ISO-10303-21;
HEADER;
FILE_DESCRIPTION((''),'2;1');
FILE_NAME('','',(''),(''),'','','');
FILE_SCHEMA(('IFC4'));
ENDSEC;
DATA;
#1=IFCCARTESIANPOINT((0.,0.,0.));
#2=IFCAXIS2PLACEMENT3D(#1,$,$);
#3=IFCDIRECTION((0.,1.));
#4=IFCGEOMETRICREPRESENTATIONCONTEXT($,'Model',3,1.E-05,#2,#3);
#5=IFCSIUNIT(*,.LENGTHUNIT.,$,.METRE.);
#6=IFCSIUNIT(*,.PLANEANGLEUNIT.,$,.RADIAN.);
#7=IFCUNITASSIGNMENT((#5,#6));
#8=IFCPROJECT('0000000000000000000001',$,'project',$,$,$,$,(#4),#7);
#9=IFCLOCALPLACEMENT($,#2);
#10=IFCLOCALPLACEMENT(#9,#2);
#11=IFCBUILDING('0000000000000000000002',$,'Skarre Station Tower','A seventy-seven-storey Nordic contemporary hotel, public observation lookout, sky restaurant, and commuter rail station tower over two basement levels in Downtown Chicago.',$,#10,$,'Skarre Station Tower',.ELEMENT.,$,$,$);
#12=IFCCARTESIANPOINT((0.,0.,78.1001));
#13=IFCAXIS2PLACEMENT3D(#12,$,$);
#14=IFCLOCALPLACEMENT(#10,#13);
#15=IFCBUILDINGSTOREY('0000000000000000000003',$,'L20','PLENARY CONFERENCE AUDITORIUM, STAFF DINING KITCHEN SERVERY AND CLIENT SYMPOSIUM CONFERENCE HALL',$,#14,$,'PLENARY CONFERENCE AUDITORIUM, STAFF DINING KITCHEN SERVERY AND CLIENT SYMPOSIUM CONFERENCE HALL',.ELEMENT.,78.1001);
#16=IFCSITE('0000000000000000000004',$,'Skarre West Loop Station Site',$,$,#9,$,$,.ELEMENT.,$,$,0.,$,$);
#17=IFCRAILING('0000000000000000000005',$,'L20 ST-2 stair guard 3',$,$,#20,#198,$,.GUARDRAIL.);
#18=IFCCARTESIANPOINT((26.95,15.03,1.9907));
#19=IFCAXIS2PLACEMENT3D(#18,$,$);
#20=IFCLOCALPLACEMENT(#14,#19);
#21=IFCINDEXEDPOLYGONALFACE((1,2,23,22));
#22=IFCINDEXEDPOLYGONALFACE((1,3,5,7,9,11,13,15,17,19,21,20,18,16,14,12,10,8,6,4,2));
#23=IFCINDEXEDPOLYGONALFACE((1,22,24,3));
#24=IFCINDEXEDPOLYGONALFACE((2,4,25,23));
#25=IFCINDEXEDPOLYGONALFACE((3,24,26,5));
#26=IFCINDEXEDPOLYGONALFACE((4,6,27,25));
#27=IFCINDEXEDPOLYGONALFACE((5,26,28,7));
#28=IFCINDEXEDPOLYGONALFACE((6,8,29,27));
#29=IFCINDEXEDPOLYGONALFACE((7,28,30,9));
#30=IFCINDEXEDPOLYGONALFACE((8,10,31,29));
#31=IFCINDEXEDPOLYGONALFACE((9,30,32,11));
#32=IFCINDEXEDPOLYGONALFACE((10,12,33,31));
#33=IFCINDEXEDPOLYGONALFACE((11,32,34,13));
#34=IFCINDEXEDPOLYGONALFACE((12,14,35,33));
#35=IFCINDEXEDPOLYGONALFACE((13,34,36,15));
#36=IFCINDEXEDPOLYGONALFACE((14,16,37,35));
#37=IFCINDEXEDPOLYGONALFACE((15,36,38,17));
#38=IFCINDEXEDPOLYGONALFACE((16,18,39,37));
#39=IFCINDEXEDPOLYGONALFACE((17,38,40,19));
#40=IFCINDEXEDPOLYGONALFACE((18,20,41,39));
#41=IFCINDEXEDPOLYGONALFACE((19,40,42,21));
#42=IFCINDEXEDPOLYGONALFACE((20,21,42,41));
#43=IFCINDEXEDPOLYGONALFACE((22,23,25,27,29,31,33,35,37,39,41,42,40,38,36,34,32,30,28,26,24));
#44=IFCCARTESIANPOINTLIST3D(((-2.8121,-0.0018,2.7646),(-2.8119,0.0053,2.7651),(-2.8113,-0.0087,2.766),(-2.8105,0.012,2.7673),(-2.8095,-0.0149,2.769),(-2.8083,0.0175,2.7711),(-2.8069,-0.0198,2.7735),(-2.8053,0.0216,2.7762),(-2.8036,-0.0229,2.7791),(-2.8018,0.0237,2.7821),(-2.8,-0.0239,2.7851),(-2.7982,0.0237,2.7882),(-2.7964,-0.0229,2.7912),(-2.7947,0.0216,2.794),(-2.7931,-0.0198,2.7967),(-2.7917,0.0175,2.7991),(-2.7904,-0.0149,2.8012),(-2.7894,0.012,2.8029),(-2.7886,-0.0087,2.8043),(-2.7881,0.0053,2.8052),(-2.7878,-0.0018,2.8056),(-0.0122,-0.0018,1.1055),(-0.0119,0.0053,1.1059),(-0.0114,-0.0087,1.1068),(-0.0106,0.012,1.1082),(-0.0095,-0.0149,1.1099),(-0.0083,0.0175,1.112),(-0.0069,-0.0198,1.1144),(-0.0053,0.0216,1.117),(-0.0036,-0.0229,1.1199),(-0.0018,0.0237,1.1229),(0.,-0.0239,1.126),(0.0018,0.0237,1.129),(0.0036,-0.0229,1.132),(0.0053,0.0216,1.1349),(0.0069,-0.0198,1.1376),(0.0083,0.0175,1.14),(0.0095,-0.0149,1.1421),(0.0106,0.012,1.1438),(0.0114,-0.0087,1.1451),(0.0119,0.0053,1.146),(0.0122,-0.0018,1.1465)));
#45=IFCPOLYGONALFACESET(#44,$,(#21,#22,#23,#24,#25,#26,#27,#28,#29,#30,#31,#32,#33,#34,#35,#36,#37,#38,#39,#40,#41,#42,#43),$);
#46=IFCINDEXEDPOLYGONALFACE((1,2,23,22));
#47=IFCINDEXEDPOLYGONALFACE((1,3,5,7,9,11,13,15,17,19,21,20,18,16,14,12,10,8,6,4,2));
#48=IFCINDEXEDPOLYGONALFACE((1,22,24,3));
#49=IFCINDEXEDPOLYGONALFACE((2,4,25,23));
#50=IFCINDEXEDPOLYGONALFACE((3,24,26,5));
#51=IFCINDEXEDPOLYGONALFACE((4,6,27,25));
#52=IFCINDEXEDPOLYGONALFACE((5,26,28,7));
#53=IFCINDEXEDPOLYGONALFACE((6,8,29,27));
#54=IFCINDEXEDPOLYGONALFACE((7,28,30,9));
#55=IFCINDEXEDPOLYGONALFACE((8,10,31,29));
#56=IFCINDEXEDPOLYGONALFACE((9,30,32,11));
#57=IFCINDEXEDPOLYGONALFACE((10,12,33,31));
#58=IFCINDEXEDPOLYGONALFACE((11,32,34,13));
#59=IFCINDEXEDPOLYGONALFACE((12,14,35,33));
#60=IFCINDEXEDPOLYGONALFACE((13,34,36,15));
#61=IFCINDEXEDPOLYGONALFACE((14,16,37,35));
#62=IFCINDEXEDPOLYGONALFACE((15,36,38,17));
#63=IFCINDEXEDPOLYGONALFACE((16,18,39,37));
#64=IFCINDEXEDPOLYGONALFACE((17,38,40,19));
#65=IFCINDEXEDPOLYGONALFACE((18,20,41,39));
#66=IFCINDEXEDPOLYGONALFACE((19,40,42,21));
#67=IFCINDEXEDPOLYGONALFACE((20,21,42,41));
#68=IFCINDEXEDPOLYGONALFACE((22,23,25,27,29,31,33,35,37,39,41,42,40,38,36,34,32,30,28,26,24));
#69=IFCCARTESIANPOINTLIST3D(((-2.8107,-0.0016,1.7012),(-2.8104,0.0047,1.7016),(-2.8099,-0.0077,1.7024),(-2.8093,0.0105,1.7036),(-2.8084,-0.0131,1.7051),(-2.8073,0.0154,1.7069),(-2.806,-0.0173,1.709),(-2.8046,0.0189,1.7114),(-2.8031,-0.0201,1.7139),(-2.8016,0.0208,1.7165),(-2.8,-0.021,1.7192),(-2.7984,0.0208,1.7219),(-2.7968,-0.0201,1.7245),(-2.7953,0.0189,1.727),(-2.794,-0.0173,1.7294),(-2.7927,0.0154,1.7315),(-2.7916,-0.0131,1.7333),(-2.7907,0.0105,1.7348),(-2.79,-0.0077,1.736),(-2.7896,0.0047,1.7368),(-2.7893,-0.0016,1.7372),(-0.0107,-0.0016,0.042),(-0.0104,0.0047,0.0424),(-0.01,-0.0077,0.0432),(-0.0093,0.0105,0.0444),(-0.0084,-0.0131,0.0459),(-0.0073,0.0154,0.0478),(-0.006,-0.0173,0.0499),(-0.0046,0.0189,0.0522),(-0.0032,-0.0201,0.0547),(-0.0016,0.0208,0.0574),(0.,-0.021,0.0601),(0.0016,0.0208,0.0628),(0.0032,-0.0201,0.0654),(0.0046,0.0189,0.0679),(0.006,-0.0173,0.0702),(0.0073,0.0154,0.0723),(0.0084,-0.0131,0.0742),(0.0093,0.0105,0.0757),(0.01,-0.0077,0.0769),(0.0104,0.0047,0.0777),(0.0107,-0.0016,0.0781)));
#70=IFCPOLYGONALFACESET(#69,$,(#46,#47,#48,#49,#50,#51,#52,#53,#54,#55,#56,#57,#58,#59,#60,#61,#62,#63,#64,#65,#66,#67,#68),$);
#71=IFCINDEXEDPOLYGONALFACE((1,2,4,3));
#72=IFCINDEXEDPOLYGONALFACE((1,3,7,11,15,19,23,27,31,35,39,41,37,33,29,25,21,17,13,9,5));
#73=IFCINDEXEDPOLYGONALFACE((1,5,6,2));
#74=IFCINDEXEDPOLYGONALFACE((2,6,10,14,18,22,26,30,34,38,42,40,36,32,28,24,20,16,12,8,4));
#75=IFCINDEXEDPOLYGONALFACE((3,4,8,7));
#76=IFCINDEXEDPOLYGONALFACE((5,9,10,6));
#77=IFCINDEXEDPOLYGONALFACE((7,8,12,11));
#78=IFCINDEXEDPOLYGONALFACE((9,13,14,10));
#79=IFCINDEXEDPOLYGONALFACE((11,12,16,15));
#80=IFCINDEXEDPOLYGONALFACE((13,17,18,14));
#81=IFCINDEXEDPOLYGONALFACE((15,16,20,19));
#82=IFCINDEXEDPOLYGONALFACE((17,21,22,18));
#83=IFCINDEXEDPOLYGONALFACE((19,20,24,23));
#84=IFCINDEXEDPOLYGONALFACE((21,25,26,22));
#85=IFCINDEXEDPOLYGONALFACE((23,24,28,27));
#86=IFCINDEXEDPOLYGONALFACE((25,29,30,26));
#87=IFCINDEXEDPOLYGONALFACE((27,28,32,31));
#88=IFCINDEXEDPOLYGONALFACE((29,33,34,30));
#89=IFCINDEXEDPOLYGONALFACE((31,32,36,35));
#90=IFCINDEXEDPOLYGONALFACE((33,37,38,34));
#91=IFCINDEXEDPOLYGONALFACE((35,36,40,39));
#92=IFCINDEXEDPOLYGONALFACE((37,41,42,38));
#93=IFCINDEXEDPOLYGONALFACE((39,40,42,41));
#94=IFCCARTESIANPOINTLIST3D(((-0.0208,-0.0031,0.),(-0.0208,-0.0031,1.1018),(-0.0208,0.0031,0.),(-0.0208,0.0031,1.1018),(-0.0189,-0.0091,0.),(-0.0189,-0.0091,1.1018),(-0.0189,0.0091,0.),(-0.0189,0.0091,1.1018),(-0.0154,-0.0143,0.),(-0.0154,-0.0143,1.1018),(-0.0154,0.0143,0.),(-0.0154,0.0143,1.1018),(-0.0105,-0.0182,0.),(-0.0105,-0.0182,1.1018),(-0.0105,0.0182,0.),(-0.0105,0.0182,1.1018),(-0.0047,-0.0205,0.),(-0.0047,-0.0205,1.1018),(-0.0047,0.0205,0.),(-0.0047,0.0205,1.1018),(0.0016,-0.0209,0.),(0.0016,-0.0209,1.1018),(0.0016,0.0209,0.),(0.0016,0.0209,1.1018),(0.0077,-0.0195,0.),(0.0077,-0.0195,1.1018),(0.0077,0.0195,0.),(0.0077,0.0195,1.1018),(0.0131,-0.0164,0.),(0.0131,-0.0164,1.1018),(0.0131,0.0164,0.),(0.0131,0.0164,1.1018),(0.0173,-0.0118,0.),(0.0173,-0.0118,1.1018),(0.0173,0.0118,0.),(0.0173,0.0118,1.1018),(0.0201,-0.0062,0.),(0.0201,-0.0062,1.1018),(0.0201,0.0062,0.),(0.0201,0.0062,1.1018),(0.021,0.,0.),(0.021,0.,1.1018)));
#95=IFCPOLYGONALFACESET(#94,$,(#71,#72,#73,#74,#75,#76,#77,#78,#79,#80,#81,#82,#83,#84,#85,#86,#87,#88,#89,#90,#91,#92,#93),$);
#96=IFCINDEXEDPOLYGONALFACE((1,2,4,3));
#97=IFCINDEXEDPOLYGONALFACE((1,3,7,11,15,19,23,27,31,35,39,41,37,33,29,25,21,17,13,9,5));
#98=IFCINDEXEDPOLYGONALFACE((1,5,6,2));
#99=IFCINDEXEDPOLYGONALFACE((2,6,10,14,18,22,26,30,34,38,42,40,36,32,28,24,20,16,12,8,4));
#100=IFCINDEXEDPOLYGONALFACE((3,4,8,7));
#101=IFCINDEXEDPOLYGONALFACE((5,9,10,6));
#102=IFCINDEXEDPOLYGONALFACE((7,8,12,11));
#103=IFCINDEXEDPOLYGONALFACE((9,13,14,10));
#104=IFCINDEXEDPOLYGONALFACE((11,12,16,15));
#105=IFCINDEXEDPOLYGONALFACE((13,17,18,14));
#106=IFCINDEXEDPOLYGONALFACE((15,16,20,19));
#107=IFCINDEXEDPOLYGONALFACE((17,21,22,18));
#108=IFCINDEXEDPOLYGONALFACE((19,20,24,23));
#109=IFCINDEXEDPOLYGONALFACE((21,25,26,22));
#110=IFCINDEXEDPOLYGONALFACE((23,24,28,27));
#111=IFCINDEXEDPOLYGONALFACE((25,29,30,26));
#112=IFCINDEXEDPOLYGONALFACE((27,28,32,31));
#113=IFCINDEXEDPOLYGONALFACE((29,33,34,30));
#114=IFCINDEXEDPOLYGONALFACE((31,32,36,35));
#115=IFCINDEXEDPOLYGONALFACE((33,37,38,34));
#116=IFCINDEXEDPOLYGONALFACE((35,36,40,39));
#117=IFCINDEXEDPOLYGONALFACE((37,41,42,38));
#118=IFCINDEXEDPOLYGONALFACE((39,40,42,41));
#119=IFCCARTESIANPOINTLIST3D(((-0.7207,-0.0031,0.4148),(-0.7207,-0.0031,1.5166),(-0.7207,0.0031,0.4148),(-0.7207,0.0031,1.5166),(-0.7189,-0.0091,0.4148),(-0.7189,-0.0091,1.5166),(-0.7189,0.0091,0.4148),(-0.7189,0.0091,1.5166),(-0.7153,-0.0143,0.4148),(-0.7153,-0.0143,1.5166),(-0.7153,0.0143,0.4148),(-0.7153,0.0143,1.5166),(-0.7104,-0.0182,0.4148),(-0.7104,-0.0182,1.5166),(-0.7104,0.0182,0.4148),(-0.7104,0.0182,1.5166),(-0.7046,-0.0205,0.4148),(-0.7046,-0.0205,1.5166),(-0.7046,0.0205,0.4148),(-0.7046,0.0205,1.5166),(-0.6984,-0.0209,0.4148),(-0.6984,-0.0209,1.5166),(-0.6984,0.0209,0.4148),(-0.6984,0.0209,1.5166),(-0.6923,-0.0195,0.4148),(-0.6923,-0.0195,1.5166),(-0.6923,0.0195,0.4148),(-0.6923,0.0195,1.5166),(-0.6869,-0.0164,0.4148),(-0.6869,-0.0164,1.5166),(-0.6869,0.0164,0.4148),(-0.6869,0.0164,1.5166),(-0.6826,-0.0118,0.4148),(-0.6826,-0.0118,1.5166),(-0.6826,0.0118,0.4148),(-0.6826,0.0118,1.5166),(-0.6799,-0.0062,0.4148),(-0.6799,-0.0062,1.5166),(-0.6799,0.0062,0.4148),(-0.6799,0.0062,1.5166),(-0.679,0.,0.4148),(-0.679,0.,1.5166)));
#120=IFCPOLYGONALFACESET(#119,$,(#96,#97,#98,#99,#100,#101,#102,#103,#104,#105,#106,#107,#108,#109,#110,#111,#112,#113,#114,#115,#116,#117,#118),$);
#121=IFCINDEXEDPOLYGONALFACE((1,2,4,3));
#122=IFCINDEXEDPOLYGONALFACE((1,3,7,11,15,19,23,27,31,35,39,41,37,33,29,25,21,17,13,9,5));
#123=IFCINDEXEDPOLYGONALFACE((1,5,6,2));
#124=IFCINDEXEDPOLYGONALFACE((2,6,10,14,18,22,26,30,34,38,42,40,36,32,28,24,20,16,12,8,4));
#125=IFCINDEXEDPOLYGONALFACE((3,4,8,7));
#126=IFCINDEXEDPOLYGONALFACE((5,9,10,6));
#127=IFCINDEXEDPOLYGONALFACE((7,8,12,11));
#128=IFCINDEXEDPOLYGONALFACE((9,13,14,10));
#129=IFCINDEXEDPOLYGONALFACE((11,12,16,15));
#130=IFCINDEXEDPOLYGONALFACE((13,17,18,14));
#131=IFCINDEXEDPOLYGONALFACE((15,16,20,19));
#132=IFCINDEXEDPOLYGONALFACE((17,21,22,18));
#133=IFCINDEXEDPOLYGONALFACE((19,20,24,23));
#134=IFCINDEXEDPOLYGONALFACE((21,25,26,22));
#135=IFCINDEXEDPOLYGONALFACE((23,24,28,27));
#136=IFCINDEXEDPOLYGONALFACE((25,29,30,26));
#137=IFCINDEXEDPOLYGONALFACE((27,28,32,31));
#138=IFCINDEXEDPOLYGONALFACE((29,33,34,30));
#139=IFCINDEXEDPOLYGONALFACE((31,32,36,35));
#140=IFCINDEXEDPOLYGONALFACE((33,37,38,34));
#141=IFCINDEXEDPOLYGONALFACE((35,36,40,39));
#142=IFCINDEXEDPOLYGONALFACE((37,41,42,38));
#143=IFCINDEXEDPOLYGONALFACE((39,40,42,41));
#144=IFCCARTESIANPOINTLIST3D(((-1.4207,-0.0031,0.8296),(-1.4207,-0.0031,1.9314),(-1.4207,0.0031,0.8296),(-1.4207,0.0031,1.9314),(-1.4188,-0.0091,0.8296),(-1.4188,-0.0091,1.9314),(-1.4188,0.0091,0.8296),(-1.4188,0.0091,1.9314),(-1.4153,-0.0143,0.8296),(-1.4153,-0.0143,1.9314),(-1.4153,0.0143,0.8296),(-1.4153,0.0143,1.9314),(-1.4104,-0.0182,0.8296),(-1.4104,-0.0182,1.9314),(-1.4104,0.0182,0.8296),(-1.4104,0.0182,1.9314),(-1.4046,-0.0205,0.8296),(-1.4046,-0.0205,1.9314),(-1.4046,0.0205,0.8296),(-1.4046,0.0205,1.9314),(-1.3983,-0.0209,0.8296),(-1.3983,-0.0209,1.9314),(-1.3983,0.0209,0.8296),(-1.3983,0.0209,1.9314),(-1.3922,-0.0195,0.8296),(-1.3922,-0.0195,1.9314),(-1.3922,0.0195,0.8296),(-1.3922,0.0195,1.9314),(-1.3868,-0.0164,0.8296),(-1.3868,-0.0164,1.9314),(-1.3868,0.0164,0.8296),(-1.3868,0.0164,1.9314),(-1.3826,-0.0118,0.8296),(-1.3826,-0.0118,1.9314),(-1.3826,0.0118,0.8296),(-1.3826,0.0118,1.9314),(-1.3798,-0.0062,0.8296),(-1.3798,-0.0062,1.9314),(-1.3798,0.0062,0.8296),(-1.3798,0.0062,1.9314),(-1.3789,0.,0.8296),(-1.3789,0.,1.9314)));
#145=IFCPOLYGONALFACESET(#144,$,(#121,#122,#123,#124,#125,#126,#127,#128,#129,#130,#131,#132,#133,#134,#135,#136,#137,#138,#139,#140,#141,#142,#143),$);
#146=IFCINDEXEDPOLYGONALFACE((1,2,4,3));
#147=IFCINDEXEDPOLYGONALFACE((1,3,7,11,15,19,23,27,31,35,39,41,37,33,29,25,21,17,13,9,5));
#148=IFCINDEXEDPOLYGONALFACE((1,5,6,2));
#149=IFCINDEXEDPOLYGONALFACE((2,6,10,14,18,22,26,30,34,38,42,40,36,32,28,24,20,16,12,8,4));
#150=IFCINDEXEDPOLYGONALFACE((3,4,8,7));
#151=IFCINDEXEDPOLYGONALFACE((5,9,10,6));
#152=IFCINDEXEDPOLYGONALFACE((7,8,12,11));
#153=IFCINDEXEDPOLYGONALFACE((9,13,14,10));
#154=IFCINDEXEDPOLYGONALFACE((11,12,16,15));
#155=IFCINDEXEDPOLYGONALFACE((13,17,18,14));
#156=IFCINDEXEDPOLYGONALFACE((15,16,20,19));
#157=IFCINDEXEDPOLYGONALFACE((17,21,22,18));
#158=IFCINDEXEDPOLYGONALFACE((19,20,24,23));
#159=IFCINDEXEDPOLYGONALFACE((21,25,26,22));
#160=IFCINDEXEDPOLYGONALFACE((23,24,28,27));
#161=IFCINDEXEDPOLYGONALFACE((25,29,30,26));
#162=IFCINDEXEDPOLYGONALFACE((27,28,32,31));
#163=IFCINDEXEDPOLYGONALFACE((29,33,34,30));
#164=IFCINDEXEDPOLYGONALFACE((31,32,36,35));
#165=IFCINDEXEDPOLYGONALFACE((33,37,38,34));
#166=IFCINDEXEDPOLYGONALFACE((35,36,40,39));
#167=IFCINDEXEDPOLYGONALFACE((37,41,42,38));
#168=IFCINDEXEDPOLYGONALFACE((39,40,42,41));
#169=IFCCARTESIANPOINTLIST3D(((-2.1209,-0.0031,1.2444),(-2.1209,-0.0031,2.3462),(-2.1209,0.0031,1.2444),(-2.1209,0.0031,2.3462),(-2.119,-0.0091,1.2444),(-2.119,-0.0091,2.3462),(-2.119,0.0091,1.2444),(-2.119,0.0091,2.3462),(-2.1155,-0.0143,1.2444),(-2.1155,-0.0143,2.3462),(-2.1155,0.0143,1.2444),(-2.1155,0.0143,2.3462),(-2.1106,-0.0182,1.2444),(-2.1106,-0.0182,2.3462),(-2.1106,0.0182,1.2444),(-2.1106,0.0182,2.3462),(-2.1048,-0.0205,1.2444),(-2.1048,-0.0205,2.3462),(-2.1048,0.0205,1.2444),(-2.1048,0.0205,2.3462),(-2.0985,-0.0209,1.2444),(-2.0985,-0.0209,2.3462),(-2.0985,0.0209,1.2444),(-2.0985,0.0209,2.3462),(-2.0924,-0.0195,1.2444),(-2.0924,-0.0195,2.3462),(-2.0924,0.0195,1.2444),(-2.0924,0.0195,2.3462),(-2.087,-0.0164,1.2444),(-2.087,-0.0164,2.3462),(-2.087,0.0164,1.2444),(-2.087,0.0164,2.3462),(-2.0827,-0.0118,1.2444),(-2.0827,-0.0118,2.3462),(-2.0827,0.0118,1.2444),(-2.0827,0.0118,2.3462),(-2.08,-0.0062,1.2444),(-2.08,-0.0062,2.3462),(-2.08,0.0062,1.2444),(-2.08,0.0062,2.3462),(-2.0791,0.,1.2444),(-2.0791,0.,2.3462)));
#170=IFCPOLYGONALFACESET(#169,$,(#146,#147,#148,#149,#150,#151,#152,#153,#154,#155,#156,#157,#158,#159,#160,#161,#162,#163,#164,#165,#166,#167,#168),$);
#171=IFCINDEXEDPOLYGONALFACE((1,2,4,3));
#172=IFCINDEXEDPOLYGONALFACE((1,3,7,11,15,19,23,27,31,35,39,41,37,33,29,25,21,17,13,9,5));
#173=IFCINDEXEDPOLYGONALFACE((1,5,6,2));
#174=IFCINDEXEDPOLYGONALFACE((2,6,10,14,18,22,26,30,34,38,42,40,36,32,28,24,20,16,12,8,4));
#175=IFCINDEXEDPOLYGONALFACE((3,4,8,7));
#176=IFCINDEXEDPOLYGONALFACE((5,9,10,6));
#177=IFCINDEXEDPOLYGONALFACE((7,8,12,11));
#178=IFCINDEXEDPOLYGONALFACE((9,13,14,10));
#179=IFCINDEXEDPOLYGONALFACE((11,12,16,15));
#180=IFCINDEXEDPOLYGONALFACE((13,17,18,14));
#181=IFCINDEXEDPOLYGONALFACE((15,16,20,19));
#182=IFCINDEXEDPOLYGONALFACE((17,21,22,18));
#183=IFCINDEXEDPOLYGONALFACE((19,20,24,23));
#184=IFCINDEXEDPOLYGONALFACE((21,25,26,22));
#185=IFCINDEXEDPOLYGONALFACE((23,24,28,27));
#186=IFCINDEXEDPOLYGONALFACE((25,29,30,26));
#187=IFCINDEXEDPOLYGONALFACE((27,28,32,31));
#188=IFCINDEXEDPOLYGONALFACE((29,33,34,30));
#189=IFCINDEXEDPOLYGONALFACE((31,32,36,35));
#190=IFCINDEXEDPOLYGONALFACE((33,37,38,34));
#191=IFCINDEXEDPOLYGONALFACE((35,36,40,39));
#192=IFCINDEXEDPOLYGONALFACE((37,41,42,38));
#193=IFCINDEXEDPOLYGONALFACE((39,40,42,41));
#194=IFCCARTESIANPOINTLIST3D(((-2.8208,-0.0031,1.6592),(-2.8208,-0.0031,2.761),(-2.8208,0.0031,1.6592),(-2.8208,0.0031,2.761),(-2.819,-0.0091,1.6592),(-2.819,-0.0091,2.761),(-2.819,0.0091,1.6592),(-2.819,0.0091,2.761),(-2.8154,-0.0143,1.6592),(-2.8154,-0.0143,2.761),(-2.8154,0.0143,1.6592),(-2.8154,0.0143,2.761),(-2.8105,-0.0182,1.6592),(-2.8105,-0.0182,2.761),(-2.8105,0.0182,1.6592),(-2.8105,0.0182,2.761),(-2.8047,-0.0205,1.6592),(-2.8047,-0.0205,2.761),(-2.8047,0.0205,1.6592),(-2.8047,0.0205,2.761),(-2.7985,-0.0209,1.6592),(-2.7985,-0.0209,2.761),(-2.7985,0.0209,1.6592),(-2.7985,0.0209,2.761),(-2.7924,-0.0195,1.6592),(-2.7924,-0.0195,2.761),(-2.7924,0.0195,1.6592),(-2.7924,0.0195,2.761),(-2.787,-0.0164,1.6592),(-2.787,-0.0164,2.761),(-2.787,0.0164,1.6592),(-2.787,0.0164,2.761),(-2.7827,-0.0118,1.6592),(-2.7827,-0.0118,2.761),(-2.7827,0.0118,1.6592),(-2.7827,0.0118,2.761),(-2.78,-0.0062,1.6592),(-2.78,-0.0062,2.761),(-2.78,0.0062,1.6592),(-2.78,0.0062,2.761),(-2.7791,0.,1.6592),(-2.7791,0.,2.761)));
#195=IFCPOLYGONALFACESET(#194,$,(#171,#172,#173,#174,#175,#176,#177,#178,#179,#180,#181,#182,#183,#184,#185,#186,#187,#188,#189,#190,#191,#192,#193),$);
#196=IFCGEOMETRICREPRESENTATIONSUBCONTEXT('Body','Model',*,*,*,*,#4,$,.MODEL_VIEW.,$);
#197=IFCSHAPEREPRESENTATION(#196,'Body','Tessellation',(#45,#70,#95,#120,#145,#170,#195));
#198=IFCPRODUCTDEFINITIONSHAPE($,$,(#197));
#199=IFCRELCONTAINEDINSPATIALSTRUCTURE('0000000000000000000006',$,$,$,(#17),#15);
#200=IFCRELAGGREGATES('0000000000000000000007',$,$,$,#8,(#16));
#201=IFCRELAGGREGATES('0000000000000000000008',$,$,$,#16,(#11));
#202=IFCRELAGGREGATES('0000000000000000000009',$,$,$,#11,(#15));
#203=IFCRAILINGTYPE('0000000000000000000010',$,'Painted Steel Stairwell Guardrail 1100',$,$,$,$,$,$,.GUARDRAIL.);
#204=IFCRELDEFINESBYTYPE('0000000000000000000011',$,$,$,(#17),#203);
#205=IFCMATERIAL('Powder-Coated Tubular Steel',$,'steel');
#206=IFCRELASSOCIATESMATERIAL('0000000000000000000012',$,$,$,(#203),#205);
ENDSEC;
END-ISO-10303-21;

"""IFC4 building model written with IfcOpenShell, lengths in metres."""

from ifc_helpers import new_model, si_unit, direction, frame, origin, origin_2d, place, context, subcontext, project, spatial, circle, extrude, material, type_object, element, save


model = new_model("IFC4")

# Units and contexts
model_context = context("Model", 3, precision=1e-05, world=origin(), true_north=direction((0.0, 1.0)))
body_context = subcontext(model_context, "Body", "Model", "MODEL_VIEW")
ifc_project = project(units=[si_unit("LENGTHUNIT", "METRE"), si_unit("PLANEANGLEUNIT", "RADIAN")], contexts=[model_context])

# Site, building, storey
site_placement = place(None, origin())
site = spatial("IfcSite", under=ifc_project, at=site_placement, Name="Skarre West Loop Station Site", CompositionType="ELEMENT", RefElevation=0.0)
building_placement = place(site_placement, origin())
building = spatial("IfcBuilding", under=site, at=building_placement, Name="Skarre Station Tower", Description="A seventy-seven-storey Nordic contemporary hotel, public observation lookout, sky restaurant, and commuter rail station tower over two basement levels in Downtown Chicago.", LongName="Skarre Station Tower", CompositionType="ELEMENT")
storey_placement = place(building_placement, frame((0.0, 0.0, 78.1001)))
storey = spatial("IfcBuildingStorey", under=building, at=storey_placement, Name="L20", Description="PLENARY CONFERENCE AUDITORIUM, STAFF DINING KITCHEN SERVERY AND CLIENT SYMPOSIUM CONFERENCE HALL", LongName="PLENARY CONFERENCE AUDITORIUM, STAFF DINING KITCHEN SERVERY AND CLIENT SYMPOSIUM CONFERENCE HALL", CompositionType="ELEMENT", Elevation=78.1001)

# Railing
ifc_material_1 = material(Name="Powder-Coated Tubular Steel", Category="steel")
railing_type_1 = type_object("IfcRailingType", Name="Painted Steel Stairwell Guardrail 1100", PredefinedType="GUARDRAIL", material=ifc_material_1)
railing_1_placement = place(storey_placement, frame((26.95, 15.03, 1.9907)))
element("IfcRailing", 1, at=railing_1_placement, inside=storey, type_object=railing_type_1, Name="L20 ST-2 stair guard 3", PredefinedType="GUARDRAIL", context=body_context, shape_type="SweptSolid", body=[
    extrude(circle(Radius=0.0239, at=origin_2d()), frame((0.0, 0.0, 1.126), z_axis=(-0.860306, 0.0, 0.509778), x_axis=(0.0, -1.0, 0.0)), (0.0, 0.0, 1.0), 3.2546),
    extrude(circle(Radius=0.021, at=origin_2d()), frame((0.0, 0.0, 0.0601), z_axis=(-0.860306, 0.0, 0.509778), x_axis=(0.0, -1.0, 0.0)), (0.0, 0.0, 1.0), 3.2546),
    extrude(circle(Radius=0.021, at=origin_2d()), origin(), (0.0, 0.0, 1.0), 1.1018),
    extrude(circle(Radius=0.021, at=origin_2d()), frame((-0.7, 0.0, 0.4148)), (0.0, 0.0, 1.0), 1.1018),
    extrude(circle(Radius=0.021, at=origin_2d()), frame((-1.3999, 0.0, 0.8296)), (0.0, 0.0, 1.0), 1.1018),
    extrude(circle(Radius=0.021, at=origin_2d()), frame((-2.1001, 0.0, 1.2444)), (0.0, 0.0, 1.0), 1.1018),
    extrude(circle(Radius=0.021, at=origin_2d()), frame((-2.8, 0.0, 1.6592)), (0.0, 0.0, 1.0), 1.1018),
])

save(model, "model.ifc")
